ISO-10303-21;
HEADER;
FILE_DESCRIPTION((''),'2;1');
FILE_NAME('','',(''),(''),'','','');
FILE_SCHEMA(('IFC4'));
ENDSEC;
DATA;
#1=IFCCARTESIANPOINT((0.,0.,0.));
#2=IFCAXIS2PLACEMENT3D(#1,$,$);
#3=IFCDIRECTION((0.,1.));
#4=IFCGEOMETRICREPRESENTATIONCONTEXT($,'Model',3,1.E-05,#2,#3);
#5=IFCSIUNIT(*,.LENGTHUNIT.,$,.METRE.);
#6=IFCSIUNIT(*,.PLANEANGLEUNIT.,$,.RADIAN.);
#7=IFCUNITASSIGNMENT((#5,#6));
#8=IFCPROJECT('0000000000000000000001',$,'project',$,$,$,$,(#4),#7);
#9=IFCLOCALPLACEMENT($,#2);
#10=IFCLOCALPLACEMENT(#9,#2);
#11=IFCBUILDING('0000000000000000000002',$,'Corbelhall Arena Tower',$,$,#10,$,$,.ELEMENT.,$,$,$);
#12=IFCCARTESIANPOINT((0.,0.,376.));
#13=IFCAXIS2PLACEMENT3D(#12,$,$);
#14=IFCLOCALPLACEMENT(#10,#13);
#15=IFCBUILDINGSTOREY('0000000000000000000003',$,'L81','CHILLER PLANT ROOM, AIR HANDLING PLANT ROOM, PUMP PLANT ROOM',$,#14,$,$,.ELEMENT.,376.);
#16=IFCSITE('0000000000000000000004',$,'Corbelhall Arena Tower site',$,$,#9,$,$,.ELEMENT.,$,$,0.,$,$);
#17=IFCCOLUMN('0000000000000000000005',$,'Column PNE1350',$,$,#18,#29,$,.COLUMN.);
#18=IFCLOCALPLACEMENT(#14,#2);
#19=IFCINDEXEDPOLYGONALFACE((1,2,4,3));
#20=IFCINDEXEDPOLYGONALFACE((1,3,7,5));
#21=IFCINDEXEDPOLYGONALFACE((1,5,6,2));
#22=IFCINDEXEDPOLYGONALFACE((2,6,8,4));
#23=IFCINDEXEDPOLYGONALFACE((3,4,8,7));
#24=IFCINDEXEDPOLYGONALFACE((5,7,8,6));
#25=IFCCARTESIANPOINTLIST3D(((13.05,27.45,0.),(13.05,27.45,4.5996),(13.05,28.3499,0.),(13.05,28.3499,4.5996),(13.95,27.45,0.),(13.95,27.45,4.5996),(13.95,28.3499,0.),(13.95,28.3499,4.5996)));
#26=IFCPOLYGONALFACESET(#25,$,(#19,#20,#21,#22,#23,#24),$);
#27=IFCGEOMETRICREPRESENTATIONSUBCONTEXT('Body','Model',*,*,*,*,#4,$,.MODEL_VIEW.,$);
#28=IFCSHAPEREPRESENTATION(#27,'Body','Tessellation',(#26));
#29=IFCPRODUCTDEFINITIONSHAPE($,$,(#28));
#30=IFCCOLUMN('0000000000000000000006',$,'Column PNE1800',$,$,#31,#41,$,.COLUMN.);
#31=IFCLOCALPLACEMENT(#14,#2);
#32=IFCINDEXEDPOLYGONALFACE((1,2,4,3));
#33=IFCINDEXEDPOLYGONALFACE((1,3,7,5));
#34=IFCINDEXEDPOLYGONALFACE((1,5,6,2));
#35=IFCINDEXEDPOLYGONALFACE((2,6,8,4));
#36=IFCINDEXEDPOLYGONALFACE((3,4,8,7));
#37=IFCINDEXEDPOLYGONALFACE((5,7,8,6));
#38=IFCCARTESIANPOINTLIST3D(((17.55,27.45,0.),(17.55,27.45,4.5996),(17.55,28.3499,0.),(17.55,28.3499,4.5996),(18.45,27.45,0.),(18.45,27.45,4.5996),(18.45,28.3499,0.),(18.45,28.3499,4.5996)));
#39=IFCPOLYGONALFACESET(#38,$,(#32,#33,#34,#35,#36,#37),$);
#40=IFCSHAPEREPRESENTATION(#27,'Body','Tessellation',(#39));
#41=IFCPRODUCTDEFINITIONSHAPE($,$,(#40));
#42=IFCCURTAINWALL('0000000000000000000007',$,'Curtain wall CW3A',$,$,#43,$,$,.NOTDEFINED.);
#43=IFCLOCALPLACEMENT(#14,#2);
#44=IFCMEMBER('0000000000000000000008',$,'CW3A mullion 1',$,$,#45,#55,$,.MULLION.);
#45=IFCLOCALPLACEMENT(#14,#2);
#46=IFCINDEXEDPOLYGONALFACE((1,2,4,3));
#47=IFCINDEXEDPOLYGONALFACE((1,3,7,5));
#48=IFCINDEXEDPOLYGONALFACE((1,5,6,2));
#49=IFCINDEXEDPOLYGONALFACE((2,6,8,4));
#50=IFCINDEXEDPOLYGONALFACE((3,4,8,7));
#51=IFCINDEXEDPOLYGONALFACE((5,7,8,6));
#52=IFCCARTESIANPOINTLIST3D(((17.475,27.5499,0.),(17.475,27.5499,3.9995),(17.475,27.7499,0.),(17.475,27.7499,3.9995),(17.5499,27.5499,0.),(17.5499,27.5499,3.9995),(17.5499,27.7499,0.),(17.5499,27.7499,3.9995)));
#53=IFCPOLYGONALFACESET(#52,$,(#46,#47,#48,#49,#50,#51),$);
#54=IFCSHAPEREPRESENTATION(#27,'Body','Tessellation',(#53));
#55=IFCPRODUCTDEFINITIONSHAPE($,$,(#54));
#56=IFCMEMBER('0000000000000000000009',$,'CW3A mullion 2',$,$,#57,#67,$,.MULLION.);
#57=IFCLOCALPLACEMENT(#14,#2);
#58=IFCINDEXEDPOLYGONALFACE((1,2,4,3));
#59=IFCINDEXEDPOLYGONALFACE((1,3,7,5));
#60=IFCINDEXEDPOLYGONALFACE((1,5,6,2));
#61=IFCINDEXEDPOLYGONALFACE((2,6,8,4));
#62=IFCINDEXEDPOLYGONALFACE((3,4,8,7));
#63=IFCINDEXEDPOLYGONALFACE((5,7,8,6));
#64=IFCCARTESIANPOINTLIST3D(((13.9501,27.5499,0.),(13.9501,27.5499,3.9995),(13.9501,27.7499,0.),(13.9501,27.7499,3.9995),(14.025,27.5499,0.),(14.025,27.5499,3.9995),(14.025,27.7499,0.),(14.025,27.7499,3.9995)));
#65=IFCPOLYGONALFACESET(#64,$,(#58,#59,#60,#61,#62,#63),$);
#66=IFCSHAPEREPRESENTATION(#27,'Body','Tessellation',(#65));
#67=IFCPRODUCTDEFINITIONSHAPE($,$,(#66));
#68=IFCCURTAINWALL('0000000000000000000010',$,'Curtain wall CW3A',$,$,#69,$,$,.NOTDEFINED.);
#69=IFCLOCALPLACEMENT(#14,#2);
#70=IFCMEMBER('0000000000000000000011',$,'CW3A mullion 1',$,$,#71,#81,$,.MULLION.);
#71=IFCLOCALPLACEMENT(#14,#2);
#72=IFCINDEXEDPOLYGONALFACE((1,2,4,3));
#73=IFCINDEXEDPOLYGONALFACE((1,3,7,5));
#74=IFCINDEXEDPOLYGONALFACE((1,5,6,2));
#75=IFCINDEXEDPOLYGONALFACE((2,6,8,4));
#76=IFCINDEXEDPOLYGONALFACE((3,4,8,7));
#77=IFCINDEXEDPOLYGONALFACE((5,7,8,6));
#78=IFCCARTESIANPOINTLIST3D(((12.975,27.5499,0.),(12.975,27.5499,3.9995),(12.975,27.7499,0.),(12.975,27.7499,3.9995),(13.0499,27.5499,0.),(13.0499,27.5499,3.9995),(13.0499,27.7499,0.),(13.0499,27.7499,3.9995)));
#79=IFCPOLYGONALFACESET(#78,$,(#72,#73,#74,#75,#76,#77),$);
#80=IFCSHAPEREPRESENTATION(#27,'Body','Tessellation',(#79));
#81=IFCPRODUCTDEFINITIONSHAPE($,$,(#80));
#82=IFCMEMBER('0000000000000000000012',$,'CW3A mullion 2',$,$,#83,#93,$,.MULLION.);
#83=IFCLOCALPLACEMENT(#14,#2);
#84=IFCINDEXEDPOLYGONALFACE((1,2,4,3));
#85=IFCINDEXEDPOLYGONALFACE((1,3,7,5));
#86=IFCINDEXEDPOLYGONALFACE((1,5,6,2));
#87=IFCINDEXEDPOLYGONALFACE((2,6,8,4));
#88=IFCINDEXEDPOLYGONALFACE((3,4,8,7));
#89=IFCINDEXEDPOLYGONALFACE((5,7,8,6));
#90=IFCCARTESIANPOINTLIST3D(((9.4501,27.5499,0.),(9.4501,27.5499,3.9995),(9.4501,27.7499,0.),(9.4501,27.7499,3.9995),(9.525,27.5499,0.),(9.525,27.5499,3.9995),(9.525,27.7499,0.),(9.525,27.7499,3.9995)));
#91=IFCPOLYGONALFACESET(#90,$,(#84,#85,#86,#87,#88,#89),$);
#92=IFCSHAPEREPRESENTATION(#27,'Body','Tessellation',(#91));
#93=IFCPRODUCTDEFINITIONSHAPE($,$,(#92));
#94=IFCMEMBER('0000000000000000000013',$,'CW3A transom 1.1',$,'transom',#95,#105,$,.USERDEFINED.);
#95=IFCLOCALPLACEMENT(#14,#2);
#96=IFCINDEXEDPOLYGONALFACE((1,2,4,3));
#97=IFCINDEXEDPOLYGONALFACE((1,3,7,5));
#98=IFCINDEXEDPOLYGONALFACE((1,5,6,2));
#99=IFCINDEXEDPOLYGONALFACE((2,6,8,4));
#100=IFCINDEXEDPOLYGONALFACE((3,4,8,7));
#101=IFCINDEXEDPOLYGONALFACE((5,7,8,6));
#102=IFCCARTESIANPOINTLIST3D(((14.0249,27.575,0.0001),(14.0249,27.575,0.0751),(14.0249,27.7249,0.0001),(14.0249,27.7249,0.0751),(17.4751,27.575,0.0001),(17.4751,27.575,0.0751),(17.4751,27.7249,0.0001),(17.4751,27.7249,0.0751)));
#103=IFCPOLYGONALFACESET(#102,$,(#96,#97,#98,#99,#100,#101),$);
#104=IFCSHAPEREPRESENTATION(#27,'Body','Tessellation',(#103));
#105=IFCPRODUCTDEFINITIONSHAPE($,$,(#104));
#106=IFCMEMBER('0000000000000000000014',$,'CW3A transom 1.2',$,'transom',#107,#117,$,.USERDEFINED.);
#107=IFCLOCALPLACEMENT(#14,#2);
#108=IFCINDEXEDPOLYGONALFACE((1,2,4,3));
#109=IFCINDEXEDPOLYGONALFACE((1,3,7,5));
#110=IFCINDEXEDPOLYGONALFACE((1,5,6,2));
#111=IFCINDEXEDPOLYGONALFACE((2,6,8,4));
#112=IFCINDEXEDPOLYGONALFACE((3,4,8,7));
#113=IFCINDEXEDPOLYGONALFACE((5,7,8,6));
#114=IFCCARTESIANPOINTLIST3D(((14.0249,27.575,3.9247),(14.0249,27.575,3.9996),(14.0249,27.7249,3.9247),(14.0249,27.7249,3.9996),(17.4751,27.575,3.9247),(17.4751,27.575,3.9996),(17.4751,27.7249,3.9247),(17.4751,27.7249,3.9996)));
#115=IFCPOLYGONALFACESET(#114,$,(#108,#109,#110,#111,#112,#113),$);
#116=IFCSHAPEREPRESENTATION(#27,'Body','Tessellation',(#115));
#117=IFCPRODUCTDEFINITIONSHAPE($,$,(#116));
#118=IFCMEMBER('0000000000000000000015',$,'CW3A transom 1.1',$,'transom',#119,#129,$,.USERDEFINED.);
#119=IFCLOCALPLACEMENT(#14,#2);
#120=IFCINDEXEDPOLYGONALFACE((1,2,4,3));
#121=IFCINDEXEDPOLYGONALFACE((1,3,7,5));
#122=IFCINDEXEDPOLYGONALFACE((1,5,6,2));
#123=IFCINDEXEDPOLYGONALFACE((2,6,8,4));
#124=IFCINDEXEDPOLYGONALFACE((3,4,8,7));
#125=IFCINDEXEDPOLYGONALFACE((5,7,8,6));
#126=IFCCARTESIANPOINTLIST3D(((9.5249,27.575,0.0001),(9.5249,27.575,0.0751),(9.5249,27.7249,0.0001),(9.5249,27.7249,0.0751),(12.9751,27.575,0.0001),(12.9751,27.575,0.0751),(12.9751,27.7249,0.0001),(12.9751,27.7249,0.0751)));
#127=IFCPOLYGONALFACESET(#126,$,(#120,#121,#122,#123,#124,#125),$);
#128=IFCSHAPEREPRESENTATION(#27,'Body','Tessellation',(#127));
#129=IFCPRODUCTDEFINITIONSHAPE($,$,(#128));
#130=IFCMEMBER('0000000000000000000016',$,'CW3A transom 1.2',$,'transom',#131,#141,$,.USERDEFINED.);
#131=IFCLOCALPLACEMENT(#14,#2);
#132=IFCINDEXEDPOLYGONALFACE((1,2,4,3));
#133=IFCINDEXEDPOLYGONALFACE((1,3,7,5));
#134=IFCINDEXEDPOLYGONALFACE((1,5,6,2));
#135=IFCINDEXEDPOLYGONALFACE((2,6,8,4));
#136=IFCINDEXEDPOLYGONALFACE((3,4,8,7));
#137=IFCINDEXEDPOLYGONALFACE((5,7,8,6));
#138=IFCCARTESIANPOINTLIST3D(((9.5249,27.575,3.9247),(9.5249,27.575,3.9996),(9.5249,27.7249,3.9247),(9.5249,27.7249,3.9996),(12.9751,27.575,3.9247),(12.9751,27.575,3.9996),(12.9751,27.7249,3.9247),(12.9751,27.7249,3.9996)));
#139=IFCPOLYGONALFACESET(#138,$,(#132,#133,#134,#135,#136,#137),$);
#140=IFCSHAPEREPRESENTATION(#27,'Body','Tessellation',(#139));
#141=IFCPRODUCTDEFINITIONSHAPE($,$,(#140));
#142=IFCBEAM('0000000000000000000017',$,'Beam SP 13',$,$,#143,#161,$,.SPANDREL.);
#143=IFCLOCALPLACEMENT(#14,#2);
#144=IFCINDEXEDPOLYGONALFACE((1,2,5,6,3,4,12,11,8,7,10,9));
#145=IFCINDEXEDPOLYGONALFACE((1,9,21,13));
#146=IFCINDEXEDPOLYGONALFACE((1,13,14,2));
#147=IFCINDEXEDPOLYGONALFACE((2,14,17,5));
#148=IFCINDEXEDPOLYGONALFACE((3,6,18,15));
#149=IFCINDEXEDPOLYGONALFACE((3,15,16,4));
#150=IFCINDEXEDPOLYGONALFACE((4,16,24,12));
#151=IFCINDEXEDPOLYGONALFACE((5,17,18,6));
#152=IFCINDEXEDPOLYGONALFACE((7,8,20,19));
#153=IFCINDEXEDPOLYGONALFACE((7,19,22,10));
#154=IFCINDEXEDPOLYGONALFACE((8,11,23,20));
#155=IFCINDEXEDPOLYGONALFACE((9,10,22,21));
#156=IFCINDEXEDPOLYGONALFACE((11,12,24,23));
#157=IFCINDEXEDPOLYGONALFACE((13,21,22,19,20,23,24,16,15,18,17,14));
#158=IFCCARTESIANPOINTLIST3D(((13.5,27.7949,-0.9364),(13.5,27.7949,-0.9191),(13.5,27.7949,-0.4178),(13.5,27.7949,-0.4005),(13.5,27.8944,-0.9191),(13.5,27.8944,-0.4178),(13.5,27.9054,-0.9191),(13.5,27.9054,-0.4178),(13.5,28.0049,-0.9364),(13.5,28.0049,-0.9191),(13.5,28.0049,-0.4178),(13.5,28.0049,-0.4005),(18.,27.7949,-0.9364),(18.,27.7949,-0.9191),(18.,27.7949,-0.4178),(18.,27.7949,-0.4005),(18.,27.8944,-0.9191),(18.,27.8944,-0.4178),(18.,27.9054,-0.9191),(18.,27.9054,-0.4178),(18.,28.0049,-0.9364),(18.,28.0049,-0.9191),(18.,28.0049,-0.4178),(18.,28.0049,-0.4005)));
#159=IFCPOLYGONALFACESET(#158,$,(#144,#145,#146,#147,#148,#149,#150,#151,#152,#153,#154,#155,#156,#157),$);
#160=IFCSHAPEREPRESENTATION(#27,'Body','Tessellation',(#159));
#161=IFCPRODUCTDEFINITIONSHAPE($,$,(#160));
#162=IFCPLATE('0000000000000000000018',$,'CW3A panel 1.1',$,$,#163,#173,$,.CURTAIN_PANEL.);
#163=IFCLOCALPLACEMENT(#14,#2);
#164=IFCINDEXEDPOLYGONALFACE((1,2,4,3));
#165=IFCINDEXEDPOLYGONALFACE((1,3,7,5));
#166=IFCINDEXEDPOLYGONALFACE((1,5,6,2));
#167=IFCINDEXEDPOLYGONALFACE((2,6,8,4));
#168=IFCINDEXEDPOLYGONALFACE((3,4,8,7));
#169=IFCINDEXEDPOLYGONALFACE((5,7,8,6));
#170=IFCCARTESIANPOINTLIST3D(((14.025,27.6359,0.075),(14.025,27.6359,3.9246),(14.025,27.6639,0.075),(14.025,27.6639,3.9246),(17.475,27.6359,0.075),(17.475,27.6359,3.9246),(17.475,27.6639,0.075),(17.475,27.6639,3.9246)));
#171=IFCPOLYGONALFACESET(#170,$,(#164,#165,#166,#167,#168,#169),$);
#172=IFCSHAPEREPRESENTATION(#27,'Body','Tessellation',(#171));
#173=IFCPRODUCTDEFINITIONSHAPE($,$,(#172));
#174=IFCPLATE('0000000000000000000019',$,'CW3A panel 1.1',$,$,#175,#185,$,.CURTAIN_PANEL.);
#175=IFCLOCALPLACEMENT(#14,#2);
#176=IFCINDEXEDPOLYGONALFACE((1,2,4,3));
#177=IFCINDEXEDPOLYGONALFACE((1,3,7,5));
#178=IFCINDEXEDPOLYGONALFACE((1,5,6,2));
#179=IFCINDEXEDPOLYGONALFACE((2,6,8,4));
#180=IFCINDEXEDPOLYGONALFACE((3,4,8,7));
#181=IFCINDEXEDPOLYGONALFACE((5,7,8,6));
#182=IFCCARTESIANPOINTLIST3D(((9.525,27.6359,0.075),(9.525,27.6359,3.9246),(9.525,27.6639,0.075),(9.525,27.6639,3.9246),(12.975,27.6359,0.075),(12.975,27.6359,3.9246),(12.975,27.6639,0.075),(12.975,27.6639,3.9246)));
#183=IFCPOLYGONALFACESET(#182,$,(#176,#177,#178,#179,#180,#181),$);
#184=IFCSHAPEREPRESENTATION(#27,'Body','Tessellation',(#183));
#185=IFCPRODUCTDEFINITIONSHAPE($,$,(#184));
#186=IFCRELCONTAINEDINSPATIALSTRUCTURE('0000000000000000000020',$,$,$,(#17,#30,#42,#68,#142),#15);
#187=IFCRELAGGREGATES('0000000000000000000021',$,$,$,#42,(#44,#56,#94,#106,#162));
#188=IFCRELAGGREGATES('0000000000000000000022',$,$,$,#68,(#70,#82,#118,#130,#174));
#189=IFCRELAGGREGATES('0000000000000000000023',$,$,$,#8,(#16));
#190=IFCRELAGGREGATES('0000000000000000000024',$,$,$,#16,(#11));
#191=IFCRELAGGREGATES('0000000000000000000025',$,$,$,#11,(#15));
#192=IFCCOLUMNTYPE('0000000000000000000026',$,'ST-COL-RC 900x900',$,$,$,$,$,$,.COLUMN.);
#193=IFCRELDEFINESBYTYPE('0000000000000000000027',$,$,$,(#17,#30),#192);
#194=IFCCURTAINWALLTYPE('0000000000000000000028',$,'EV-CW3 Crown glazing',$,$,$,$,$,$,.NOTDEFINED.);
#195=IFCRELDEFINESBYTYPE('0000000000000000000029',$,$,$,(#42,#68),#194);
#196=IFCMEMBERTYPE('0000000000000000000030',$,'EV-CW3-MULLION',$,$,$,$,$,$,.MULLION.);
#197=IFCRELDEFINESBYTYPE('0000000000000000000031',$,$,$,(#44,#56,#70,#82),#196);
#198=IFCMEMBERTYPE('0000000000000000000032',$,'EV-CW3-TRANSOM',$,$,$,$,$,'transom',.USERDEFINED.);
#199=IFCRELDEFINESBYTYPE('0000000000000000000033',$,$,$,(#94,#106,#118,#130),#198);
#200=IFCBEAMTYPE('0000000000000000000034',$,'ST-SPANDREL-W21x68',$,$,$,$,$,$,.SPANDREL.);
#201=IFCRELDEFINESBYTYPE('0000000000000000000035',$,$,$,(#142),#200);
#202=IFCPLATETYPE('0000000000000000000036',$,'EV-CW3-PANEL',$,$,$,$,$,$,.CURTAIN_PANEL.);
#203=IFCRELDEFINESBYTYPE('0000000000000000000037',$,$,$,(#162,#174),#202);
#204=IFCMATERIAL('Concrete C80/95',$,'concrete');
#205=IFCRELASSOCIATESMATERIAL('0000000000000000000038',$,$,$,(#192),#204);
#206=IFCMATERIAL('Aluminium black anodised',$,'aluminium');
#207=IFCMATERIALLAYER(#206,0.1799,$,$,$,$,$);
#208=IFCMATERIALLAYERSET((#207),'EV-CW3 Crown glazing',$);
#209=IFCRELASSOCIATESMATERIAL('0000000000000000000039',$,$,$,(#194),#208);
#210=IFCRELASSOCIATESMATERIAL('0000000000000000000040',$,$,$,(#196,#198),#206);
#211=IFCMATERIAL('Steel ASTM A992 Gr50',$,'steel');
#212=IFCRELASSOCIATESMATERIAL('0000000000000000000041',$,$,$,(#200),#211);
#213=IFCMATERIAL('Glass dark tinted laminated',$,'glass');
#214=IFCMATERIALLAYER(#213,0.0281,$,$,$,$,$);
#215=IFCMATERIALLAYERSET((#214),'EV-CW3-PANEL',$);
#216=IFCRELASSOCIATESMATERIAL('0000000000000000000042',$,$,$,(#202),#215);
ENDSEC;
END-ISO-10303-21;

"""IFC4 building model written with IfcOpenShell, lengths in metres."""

from ifc_helpers import new_model, si_unit, direction, frame, origin, origin_2d, place, context, subcontext, project, spatial, rectangle, i_section, extrude, material, layer, layer_set, material_profile, profile_set, type_object, element, aggregate, save


model = new_model("IFC4")

# Units and contexts
model_context = context("Model", 3, precision=1e-05, world=origin(), true_north=direction((0.0, 1.0)))
body_context = subcontext(model_context, "Body", "Model", "MODEL_VIEW")
ifc_project = project(units=[si_unit("LENGTHUNIT", "METRE"), si_unit("PLANEANGLEUNIT", "RADIAN")], contexts=[model_context])

# Site, building, storey
site_placement = place(None, origin())
site = spatial("IfcSite", under=ifc_project, at=site_placement, Name="Corbelhall Arena Tower site", CompositionType="ELEMENT", RefElevation=0.0)
building_placement = place(site_placement, origin())
building = spatial("IfcBuilding", under=site, at=building_placement, Name="Corbelhall Arena Tower", CompositionType="ELEMENT")
storey_placement = place(building_placement, frame((0.0, 0.0, 376.0)))
storey = spatial("IfcBuildingStorey", under=building, at=storey_placement, Name="L81", Description="CHILLER PLANT ROOM, AIR HANDLING PLANT ROOM, PUMP PLANT ROOM", CompositionType="ELEMENT", Elevation=376.0)

# Columns
ifc_material_1 = material(Name="Concrete C80/95", Category="concrete")
ifc_material_profile_1 = material_profile(ifc_material_1, rectangle(XDim=0.8999, YDim=0.8999, at=origin_2d()))
ifc_profile_set_1 = profile_set([ifc_material_profile_1], Name="Concrete C80/95")
column_type = type_object("IfcColumnType", Name="ST-COL-RC 900x900", PredefinedType="COLUMN", material=ifc_profile_set_1)
for number, where, z_axis, x_axis, name in (
    (1, (13.5, 27.8999, 0.0), (0.0, 0.0, 1.0), (1.0, 0.0, 0.0), "Column PNE1350"),
    (2, (18.0, 27.8999, 0.0), (0.0, 0.0, 1.0), (1.0, 0.0, 0.0), "Column PNE1800"),
):
    element("IfcColumn", number, at=place(storey_placement, frame(where, z_axis=z_axis, x_axis=x_axis)), inside=storey, type_object=column_type, Name=name, PredefinedType="COLUMN", context=body_context, shape_type="SweptSolid", body=[
        extrude(rectangle(XDim=0.8999, YDim=0.8999, at=origin_2d()), origin(), (0.0, 0.0, 1.0), 4.5996),
    ])

# Curtain walls, members
ifc_material_2 = material(Name="Aluminium black anodised", Category="aluminium")
ifc_layer_1 = layer(ifc_material_2, 0.1799)
ifc_layer_set_1 = layer_set([ifc_layer_1], Name="EV-CW3 Crown glazing")
curtain_wall_type = type_object("IfcCurtainWallType", Name="EV-CW3 Crown glazing", PredefinedType="NOTDEFINED", material=ifc_layer_set_1)
curtain_wall_1_placement = place(storey_placement, origin())
curtain_wall_1 = element("IfcCurtainWall", 3, at=curtain_wall_1_placement, inside=storey, type_object=curtain_wall_type, Name="Curtain wall CW3A", PredefinedType="NOTDEFINED")
ifc_material_profile_2 = material_profile(ifc_material_2, rectangle(XDim=0.2, YDim=0.075, at=origin_2d()))
ifc_profile_set_2 = profile_set([ifc_material_profile_2], Name="Aluminium black anodised")
member_type_1 = type_object("IfcMemberType", Name="EV-CW3-MULLION", PredefinedType="MULLION", material=ifc_profile_set_2)
member_1_placement = place(storey_placement, frame((17.5125, 27.6499, 0.0), z_axis=(0.0, 0.0, 1.0), x_axis=(0.0, -1.0, 0.0)))
member_1 = element("IfcMember", 4, at=member_1_placement, type_object=member_type_1, Name="CW3A mullion 1", PredefinedType="MULLION", context=body_context, shape_type="SweptSolid", body=[
    extrude(rectangle(XDim=0.2, YDim=0.075, at=origin_2d()), origin(), (0.0, 0.0, 1.0), 3.9995),
])
member_2_placement = place(storey_placement, frame((13.9875, 27.6499, 0.0), z_axis=(0.0, 0.0, 1.0), x_axis=(0.0, -1.0, 0.0)))
member_2 = element("IfcMember", 5, at=member_2_placement, type_object=member_type_1, Name="CW3A mullion 2", PredefinedType="MULLION", context=body_context, shape_type="SweptSolid", body=[
    extrude(rectangle(XDim=0.2, YDim=0.075, at=origin_2d()), origin(), (0.0, 0.0, 1.0), 3.9995),
])
curtain_wall_2_placement = place(storey_placement, origin())
curtain_wall_2 = element("IfcCurtainWall", 6, at=curtain_wall_2_placement, inside=storey, type_object=curtain_wall_type, Name="Curtain wall CW3A", PredefinedType="NOTDEFINED")
member_3_placement = place(storey_placement, frame((13.0125, 27.6499, 0.0), z_axis=(0.0, 0.0, 1.0), x_axis=(0.0, -1.0, 0.0)))
member_3 = element("IfcMember", 7, at=member_3_placement, type_object=member_type_1, Name="CW3A mullion 1", PredefinedType="MULLION", context=body_context, shape_type="SweptSolid", body=[
    extrude(rectangle(XDim=0.2, YDim=0.075, at=origin_2d()), origin(), (0.0, 0.0, 1.0), 3.9995),
])
member_4_placement = place(storey_placement, frame((9.4875, 27.6499, 0.0), z_axis=(0.0, 0.0, 1.0), x_axis=(0.0, -1.0, 0.0)))
member_4 = element("IfcMember", 8, at=member_4_placement, type_object=member_type_1, Name="CW3A mullion 2", PredefinedType="MULLION", context=body_context, shape_type="SweptSolid", body=[
    extrude(rectangle(XDim=0.2, YDim=0.075, at=origin_2d()), origin(), (0.0, 0.0, 1.0), 3.9995),
])

# Members
ifc_material_profile_3 = material_profile(ifc_material_2, rectangle(XDim=0.1499, YDim=0.075, at=origin_2d()))
ifc_profile_set_3 = profile_set([ifc_material_profile_3], Name="Aluminium black anodised")
member_type_2 = type_object("IfcMemberType", Name="EV-CW3-TRANSOM", ElementType="transom", PredefinedType="USERDEFINED", material=ifc_profile_set_3)
member_5_placement = place(storey_placement, frame((17.4751, 27.6499, 0.0376), z_axis=(-1.0, 0.0, 0.0), x_axis=(0.0, -1.0, 0.0)))
member_5 = element("IfcMember", 9, at=member_5_placement, type_object=member_type_2, Name="CW3A transom 1.1", ObjectType="transom", PredefinedType="USERDEFINED", context=body_context, shape_type="SweptSolid", body=[
    extrude(rectangle(XDim=0.1499, YDim=0.075, at=origin_2d()), origin(), (0.0, 0.0, 1.0), 3.4502),
])
member_6_placement = place(storey_placement, frame((17.4751, 27.6499, 3.9622), z_axis=(-1.0, 0.0, 0.0), x_axis=(0.0, -1.0, 0.0)))
member_6 = element("IfcMember", 10, at=member_6_placement, type_object=member_type_2, Name="CW3A transom 1.2", ObjectType="transom", PredefinedType="USERDEFINED", context=body_context, shape_type="SweptSolid", body=[
    extrude(rectangle(XDim=0.1499, YDim=0.075, at=origin_2d()), origin(), (0.0, 0.0, 1.0), 3.4502),
])
member_7_placement = place(storey_placement, frame((12.9751, 27.6499, 0.0376), z_axis=(-1.0, 0.0, 0.0), x_axis=(0.0, -1.0, 0.0)))
member_7 = element("IfcMember", 11, at=member_7_placement, type_object=member_type_2, Name="CW3A transom 1.1", ObjectType="transom", PredefinedType="USERDEFINED", context=body_context, shape_type="SweptSolid", body=[
    extrude(rectangle(XDim=0.1499, YDim=0.075, at=origin_2d()), origin(), (0.0, 0.0, 1.0), 3.4502),
])
member_8_placement = place(storey_placement, frame((12.9751, 27.6499, 3.9622), z_axis=(-1.0, 0.0, 0.0), x_axis=(0.0, -1.0, 0.0)))
member_8 = element("IfcMember", 12, at=member_8_placement, type_object=member_type_2, Name="CW3A transom 1.2", ObjectType="transom", PredefinedType="USERDEFINED", context=body_context, shape_type="SweptSolid", body=[
    extrude(rectangle(XDim=0.1499, YDim=0.075, at=origin_2d()), origin(), (0.0, 0.0, 1.0), 3.4502),
])

# Beam
ifc_material_3 = material(Name="Steel ASTM A992 Gr50", Category="steel")
ifc_material_profile_4 = material_profile(ifc_material_3, i_section(OverallWidth=0.21, OverallDepth=0.5359, WebThickness=0.011, FlangeThickness=0.0173, at=origin_2d()))
ifc_profile_set_4 = profile_set([ifc_material_profile_4], Name="Steel ASTM A992 Gr50")
beam_type = type_object("IfcBeamType", Name="ST-SPANDREL-W21x68", PredefinedType="SPANDREL", material=ifc_profile_set_4)
beam_placement = place(storey_placement, frame((13.5, 27.8999, -0.6685), z_axis=(1.0, 0.0, 0.0), x_axis=(0.0, 1.0, 0.0)))
element("IfcBeam", 13, at=beam_placement, inside=storey, type_object=beam_type, Name="Beam SP 13", PredefinedType="SPANDREL", context=body_context, shape_type="SweptSolid", body=[
    extrude(i_section(OverallWidth=0.21, OverallDepth=0.5359, WebThickness=0.011, FlangeThickness=0.0173, at=origin_2d()), origin(), (0.0, 0.0, 1.0), 4.5),
])

# Plates
ifc_material_4 = material(Name="Glass dark tinted laminated", Category="glass")
ifc_layer_2 = layer(ifc_material_4, 0.0281)
ifc_layer_set_2 = layer_set([ifc_layer_2], Name="EV-CW3-PANEL")
plate_type = type_object("IfcPlateType", Name="EV-CW3-PANEL", PredefinedType="CURTAIN_PANEL", material=ifc_layer_set_2)
plate_1_placement = place(storey_placement, frame((15.75, 27.6499, 0.075), z_axis=(0.0, 0.0, 1.0), x_axis=(-1.0, 0.0, 0.0)))
plate_1 = element("IfcPlate", 14, at=plate_1_placement, type_object=plate_type, Name="CW3A panel 1.1", PredefinedType="CURTAIN_PANEL", context=body_context, shape_type="SweptSolid", body=[
    extrude(rectangle(XDim=3.45, YDim=0.0281, at=origin_2d()), origin(), (0.0, 0.0, 1.0), 3.8496),
])
aggregate(curtain_wall_1, [member_1, member_2, member_5, member_6, plate_1])
plate_2_placement = place(storey_placement, frame((11.25, 27.6499, 0.075), z_axis=(0.0, 0.0, 1.0), x_axis=(-1.0, 0.0, 0.0)))
plate_2 = element("IfcPlate", 15, at=plate_2_placement, type_object=plate_type, Name="CW3A panel 1.1", PredefinedType="CURTAIN_PANEL", context=body_context, shape_type="SweptSolid", body=[
    extrude(rectangle(XDim=3.45, YDim=0.0281, at=origin_2d()), origin(), (0.0, 0.0, 1.0), 3.8496),
])
aggregate(curtain_wall_2, [member_3, member_4, member_7, member_8, plate_2])

save(model, "model.ifc")
